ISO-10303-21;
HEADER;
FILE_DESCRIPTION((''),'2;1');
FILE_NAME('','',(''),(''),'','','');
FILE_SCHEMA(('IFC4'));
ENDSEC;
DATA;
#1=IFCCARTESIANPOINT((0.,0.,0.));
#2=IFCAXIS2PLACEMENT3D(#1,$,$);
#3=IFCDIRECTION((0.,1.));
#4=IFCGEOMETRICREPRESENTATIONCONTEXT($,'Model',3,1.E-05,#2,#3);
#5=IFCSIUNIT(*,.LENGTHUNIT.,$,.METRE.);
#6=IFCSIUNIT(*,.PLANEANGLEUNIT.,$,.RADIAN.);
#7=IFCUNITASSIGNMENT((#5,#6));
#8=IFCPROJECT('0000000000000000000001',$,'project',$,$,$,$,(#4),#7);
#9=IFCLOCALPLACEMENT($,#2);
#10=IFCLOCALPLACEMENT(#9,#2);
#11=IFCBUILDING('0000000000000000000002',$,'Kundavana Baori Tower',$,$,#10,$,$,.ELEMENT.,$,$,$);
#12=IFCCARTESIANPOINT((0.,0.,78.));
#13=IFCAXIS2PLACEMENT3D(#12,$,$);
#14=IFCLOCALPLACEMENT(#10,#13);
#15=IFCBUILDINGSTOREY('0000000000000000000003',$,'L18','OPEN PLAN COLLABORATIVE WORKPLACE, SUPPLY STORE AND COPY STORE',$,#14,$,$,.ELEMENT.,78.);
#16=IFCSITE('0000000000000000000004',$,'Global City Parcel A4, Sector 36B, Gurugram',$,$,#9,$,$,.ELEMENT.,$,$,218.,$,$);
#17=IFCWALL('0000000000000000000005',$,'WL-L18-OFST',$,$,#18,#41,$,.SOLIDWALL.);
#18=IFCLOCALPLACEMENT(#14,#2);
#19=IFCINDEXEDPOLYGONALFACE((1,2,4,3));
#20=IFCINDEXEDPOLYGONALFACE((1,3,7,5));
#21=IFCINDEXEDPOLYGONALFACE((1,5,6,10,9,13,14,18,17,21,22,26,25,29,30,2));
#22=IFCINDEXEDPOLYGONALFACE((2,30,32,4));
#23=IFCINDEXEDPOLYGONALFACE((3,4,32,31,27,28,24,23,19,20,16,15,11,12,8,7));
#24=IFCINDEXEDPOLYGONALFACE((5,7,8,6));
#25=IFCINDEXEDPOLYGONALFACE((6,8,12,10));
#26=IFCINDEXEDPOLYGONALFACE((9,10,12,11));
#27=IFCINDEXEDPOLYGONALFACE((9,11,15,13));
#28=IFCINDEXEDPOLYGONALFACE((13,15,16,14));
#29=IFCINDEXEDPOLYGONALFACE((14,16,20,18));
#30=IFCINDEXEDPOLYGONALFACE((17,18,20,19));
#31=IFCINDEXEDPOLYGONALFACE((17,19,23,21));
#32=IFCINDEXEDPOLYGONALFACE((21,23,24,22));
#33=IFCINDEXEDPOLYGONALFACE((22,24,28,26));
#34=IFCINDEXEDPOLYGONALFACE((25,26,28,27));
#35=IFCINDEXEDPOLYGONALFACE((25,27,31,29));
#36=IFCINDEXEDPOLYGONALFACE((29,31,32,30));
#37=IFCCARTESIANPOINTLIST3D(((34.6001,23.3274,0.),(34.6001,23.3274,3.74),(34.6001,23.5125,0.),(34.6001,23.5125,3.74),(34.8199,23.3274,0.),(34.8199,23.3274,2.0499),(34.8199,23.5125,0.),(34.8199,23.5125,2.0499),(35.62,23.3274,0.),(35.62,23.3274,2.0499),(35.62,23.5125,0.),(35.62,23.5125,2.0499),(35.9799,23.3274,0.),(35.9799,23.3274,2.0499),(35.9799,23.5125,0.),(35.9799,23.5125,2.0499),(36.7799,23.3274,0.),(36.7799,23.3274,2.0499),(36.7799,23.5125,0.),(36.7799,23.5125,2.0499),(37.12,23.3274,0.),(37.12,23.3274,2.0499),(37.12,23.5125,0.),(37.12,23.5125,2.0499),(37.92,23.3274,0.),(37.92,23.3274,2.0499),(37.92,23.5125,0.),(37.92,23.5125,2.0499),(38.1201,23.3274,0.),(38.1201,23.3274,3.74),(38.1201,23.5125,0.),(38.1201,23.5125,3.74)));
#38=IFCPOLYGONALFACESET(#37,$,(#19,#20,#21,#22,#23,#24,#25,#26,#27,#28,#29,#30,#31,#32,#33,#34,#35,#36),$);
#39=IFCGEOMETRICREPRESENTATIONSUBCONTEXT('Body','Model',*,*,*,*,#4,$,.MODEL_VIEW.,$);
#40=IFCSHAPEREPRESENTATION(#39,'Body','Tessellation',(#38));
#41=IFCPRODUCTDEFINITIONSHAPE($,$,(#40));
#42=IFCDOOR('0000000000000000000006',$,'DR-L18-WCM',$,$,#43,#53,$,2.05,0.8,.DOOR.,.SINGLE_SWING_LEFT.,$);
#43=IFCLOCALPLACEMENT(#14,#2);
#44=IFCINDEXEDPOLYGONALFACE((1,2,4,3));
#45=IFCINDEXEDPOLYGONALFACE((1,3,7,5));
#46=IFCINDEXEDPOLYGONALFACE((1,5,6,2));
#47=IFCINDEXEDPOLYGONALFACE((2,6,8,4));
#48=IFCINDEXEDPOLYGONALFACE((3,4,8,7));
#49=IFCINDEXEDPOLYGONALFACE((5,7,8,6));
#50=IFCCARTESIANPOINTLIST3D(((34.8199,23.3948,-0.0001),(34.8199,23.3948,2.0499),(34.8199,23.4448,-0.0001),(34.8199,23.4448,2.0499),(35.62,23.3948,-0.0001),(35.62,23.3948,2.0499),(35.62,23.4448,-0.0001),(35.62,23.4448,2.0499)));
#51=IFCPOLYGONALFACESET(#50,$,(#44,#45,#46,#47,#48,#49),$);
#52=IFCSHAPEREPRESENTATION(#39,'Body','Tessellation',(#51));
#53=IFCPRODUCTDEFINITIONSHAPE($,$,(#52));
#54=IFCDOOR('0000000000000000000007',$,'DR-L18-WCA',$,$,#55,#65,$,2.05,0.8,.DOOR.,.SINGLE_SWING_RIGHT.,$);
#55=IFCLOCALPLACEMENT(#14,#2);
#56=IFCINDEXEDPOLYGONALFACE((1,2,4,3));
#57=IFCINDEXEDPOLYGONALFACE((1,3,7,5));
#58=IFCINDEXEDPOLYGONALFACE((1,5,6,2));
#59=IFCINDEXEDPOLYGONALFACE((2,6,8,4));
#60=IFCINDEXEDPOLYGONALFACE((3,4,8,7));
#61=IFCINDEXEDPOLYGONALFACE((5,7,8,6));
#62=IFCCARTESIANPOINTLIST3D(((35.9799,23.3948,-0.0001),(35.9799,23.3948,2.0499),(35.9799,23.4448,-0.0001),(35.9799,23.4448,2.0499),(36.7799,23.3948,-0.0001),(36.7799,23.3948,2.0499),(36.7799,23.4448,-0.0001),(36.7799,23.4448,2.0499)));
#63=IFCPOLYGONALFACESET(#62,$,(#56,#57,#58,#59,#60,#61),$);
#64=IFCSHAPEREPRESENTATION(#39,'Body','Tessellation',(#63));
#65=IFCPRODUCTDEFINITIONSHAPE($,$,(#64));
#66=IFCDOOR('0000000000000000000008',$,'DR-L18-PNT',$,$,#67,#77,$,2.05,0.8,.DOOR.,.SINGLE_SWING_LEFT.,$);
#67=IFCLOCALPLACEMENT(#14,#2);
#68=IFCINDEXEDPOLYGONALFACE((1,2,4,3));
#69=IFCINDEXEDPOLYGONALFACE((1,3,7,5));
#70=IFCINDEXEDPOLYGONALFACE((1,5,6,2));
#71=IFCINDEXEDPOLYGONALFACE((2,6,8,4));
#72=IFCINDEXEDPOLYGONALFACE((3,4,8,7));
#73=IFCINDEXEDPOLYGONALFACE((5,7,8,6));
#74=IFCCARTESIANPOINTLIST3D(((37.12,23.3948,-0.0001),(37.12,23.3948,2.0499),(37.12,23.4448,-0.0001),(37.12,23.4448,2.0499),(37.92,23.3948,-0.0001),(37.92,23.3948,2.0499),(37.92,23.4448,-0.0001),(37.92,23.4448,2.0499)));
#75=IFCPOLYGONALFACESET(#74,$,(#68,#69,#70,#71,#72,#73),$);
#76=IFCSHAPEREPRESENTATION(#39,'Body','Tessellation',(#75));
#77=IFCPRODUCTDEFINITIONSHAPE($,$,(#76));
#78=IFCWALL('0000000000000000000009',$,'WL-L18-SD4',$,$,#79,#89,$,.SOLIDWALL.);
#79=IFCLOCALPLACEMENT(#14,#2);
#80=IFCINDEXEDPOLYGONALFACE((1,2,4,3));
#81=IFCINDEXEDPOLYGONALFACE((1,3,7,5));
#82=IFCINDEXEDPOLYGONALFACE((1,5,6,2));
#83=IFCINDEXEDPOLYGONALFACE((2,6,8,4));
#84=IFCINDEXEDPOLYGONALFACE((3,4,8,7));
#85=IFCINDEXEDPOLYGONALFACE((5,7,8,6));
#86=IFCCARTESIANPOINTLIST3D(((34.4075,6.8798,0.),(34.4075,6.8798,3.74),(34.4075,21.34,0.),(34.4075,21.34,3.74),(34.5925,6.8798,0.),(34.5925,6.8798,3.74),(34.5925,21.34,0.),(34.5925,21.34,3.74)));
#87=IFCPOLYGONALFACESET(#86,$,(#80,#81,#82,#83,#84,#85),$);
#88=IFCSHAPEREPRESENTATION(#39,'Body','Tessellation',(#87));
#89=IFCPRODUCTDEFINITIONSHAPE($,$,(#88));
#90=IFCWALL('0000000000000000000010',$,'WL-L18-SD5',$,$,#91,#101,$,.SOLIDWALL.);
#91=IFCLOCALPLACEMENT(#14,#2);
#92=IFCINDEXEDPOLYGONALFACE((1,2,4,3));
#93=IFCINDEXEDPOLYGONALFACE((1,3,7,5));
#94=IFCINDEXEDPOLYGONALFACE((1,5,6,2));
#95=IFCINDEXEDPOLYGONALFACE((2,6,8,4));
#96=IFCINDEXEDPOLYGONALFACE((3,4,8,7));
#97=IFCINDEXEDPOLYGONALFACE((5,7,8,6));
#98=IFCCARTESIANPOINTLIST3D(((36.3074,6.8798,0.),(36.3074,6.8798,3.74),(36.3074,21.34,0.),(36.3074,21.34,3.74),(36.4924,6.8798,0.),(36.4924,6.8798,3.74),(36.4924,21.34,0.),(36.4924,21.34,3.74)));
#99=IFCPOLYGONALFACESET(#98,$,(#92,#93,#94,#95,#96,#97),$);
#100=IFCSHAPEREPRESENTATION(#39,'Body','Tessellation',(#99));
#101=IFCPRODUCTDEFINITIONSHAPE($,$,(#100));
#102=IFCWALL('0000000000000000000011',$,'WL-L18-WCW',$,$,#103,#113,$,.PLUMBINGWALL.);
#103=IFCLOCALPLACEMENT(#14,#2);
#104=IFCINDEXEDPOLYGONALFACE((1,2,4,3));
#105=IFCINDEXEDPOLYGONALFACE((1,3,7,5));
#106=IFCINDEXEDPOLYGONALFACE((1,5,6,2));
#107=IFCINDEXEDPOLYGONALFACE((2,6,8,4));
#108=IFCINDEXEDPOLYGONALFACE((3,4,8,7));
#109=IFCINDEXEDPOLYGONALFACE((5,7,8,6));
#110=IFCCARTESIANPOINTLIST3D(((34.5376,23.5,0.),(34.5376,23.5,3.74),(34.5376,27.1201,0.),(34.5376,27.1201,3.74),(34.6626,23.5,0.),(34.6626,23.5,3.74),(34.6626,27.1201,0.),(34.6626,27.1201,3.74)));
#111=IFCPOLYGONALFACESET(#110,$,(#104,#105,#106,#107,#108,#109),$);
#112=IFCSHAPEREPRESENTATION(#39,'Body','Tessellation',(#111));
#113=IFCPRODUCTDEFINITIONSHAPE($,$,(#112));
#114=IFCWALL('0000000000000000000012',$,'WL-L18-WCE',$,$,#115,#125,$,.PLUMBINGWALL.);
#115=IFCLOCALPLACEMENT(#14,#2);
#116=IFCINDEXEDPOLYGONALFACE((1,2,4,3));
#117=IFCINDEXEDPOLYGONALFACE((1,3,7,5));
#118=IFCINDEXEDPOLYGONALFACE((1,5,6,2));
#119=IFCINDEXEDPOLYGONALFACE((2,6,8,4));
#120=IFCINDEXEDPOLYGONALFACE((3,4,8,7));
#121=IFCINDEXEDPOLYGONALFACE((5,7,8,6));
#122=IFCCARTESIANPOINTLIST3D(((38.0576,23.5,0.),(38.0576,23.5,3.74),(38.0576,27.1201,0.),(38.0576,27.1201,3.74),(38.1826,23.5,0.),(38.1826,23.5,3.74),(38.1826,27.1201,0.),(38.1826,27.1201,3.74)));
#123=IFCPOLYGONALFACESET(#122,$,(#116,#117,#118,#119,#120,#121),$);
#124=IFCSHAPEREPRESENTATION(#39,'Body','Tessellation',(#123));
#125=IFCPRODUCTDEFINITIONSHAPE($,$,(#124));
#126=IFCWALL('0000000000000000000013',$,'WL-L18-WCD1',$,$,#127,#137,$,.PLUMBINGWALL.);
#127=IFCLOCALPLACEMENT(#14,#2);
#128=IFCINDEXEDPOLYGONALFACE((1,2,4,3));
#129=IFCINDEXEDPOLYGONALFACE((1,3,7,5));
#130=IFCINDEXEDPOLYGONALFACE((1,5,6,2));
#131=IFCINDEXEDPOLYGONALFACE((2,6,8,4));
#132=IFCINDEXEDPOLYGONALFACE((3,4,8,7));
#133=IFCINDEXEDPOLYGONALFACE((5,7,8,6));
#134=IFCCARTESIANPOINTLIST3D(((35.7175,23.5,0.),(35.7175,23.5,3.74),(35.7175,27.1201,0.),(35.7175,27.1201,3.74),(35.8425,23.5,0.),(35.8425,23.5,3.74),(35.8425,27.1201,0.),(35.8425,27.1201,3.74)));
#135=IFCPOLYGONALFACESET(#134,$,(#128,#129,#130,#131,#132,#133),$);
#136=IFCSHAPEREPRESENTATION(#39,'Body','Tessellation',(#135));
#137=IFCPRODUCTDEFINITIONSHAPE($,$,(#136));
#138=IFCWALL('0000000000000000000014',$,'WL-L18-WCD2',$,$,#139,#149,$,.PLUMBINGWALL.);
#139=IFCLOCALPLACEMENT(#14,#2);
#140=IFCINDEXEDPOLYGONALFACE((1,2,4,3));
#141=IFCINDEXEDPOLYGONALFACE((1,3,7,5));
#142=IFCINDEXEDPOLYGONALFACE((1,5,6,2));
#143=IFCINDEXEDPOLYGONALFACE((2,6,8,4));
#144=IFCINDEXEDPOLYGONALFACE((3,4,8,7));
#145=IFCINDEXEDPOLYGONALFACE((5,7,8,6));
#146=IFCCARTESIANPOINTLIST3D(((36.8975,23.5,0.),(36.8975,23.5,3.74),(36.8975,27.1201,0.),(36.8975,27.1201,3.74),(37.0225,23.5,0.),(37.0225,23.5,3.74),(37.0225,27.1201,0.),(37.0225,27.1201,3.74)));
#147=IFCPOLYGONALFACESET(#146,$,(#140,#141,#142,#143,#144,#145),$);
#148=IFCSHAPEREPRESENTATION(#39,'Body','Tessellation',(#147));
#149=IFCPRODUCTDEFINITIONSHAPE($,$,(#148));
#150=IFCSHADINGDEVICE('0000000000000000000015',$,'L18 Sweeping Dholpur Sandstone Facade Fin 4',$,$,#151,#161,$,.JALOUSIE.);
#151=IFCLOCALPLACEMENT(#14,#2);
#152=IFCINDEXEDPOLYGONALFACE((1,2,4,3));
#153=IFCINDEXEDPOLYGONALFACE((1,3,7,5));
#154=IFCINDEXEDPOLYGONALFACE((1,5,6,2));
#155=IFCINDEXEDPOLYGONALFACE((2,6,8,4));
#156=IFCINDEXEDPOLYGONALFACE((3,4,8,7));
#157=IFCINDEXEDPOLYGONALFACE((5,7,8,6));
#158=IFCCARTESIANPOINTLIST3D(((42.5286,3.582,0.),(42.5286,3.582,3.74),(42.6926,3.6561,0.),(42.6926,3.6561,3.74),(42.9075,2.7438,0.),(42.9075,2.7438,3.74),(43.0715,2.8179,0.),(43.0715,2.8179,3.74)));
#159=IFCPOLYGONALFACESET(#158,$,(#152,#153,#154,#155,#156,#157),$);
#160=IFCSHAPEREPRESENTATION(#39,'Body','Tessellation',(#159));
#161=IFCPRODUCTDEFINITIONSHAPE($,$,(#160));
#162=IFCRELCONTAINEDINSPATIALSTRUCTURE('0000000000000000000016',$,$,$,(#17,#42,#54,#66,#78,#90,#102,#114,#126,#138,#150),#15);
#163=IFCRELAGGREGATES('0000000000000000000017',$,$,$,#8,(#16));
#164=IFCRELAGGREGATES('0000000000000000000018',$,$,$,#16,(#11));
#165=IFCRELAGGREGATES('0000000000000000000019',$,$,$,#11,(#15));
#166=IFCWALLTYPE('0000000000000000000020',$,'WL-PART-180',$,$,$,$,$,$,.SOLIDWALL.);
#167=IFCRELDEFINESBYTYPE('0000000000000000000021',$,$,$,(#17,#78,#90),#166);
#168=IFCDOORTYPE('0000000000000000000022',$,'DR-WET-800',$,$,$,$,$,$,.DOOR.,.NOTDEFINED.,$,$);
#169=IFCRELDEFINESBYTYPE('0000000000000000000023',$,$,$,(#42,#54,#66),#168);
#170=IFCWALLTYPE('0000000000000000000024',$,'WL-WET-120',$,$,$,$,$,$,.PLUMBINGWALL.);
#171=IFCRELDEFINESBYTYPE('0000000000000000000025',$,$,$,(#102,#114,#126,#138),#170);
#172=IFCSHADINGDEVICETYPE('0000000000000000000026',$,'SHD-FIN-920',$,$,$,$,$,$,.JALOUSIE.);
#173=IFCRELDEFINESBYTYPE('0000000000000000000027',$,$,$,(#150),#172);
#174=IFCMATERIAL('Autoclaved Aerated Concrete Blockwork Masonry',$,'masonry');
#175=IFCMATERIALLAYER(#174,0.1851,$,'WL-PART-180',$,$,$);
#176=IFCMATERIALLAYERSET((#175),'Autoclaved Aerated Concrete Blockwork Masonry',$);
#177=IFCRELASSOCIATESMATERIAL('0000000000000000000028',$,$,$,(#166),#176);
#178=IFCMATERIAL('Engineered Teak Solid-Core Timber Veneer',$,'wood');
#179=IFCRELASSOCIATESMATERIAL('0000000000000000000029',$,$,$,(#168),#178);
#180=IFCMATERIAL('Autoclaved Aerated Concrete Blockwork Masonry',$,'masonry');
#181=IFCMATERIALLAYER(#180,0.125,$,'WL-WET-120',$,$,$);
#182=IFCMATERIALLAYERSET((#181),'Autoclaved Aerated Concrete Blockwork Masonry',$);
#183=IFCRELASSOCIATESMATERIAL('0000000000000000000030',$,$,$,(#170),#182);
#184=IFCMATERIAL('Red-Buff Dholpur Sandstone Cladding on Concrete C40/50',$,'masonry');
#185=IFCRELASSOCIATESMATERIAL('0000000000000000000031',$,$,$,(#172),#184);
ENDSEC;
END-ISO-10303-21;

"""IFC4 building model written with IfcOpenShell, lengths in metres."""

from ifc_helpers import new_model, si_unit, direction, frame, frame_2d, origin, origin_2d, place, context, subcontext, project, spatial, rectangle, extrude, material, layer, layer_set, type_object, element, fill, save


model = new_model("IFC4")

# Units and contexts
model_context = context("Model", 3, precision=1e-05, world=origin(), true_north=direction((0.0, 1.0)))
body_context = subcontext(model_context, "Body", "Model", "MODEL_VIEW")
ifc_project = project(units=[si_unit("LENGTHUNIT", "METRE"), si_unit("PLANEANGLEUNIT", "RADIAN")], contexts=[model_context])

# Site, building, storey
site_placement = place(None, origin())
site = spatial("IfcSite", under=ifc_project, at=site_placement, Name="Global City Parcel A4, Sector 36B, Gurugram", CompositionType="ELEMENT", RefElevation=218.0)
building_placement = place(site_placement, origin())
building = spatial("IfcBuilding", under=site, at=building_placement, Name="Kundavana Baori Tower", CompositionType="ELEMENT")
storey_placement = place(building_placement, frame((0.0, 0.0, 78.0)))
storey = spatial("IfcBuildingStorey", under=building, at=storey_placement, Name="L18", Description="OPEN PLAN COLLABORATIVE WORKPLACE, SUPPLY STORE AND COPY STORE", CompositionType="ELEMENT", Elevation=78.0)

# Shared definitions
ifc_material_1 = material(Name="Autoclaved Aerated Concrete Blockwork Masonry", Category="masonry")
ifc_layer_1 = layer(ifc_material_1, 0.1851, Name="WL-PART-180")
ifc_layer_set_1 = layer_set([ifc_layer_1], Name="Autoclaved Aerated Concrete Blockwork Masonry")
wall_type_1 = type_object("IfcWallType", Name="WL-PART-180", PredefinedType="SOLIDWALL", material=ifc_layer_set_1)

# Wall, openings, doors
wall_1_placement = place(storey_placement, frame((34.6001, 23.4199, 0.0), z_axis=(0.0, 0.0, 1.0), x_axis=(1.0, 0.0, 0.0)))
wall_1 = element("IfcWall", 1, at=wall_1_placement, inside=storey, type_object=wall_type_1, Name="WL-L18-OFST", PredefinedType="SOLIDWALL", context=body_context, shape_type="SweptSolid", body=[
    extrude(rectangle(XDim=3.52, YDim=0.1851, at=frame_2d((1.76, 0.0))), origin(), (0.0, 0.0, 1.0), 3.74),
])
opening_1_placement = place(wall_1_placement, frame((0.22, 0.0, 0.0)))
opening_1 = element("IfcOpeningElement", 2, at=opening_1_placement, cuts=wall_1, PredefinedType="OPENING", context=body_context, shape_type="SweptSolid", body=[
    extrude(rectangle(XDim=0.8, YDim=2.05, at=frame_2d((0.3999, 1.0249))), frame((0.0, 0.1025, 0.0), z_axis=(0.0, -1.0, 0.0), x_axis=(1.0, 0.0, 0.0)), (0.0, 0.0, 1.0), 0.2051),
])
opening_2_placement = place(wall_1_placement, frame((1.3799, 0.0, 0.0)))
opening_2 = element("IfcOpeningElement", 3, at=opening_2_placement, cuts=wall_1, PredefinedType="OPENING", context=body_context, shape_type="SweptSolid", body=[
    extrude(rectangle(XDim=0.8, YDim=2.05, at=frame_2d((0.3999, 1.0249))), frame((0.0, 0.1025, 0.0), z_axis=(0.0, -1.0, 0.0), x_axis=(1.0, 0.0, 0.0)), (0.0, 0.0, 1.0), 0.2051),
])
opening_3_placement = place(wall_1_placement, frame((2.52, 0.0, 0.0)))
opening_3 = element("IfcOpeningElement", 4, at=opening_3_placement, cuts=wall_1, PredefinedType="OPENING", context=body_context, shape_type="SweptSolid", body=[
    extrude(rectangle(XDim=0.8, YDim=2.05, at=frame_2d((0.3999, 1.0249))), frame((0.0, 0.1025, 0.0), z_axis=(0.0, -1.0, 0.0), x_axis=(1.0, 0.0, 0.0)), (0.0, 0.0, 1.0), 0.2051),
])
ifc_material_2 = material(Name="Engineered Teak Solid-Core Timber Veneer", Category="wood")
door_type = type_object("IfcDoorType", Name="DR-WET-800", OperationType="NOTDEFINED", PredefinedType="DOOR", material=ifc_material_2)
door_1_placement = place(opening_1_placement, origin())
door_1 = element("IfcDoor", 5, at=door_1_placement, inside=storey, type_object=door_type, Name="DR-L18-WCM", OperationType="SINGLE_SWING_LEFT", OverallHeight=2.05, OverallWidth=0.8, PredefinedType="DOOR", context=body_context, shape_type="SweptSolid", body=[
    extrude(rectangle(XDim=0.8, YDim=2.05, at=frame_2d((0.3999, 1.0249))), frame((0.0, 0.0249, 0.0), z_axis=(0.0, -1.0, 0.0), x_axis=(1.0, 0.0, 0.0)), (0.0, 0.0, 1.0), 0.05),
])
fill(opening_1, door_1)
door_2_placement = place(opening_2_placement, origin())
door_2 = element("IfcDoor", 6, at=door_2_placement, inside=storey, type_object=door_type, Name="DR-L18-WCA", OperationType="SINGLE_SWING_RIGHT", OverallHeight=2.05, OverallWidth=0.8, PredefinedType="DOOR", context=body_context, shape_type="SweptSolid", body=[
    extrude(rectangle(XDim=0.8, YDim=2.05, at=frame_2d((0.3999, 1.0249))), frame((0.0, 0.0249, 0.0), z_axis=(0.0, -1.0, 0.0), x_axis=(1.0, 0.0, 0.0)), (0.0, 0.0, 1.0), 0.05),
])
fill(opening_2, door_2)
door_3_placement = place(opening_3_placement, origin())
door_3 = element("IfcDoor", 7, at=door_3_placement, inside=storey, type_object=door_type, Name="DR-L18-PNT", OperationType="SINGLE_SWING_LEFT", OverallHeight=2.05, OverallWidth=0.8, PredefinedType="DOOR", context=body_context, shape_type="SweptSolid", body=[
    extrude(rectangle(XDim=0.8, YDim=2.05, at=frame_2d((0.3999, 1.0249))), frame((0.0, 0.0249, 0.0), z_axis=(0.0, -1.0, 0.0), x_axis=(1.0, 0.0, 0.0)), (0.0, 0.0, 1.0), 0.05),
])
fill(opening_3, door_3)

# Walls
for number, where, z_axis, x_axis, name in (
    (8, (34.5, 6.8799, 0.0), (0.0, 0.0, 1.0), (0.0, 1.0, 0.0), "WL-L18-SD4"),
    (9, (36.3999, 6.8799, 0.0), (0.0, 0.0, 1.0), (0.0, 1.0, 0.0), "WL-L18-SD5"),
):
    element("IfcWall", number, at=place(storey_placement, frame(where, z_axis=z_axis, x_axis=x_axis)), inside=storey, type_object=wall_type_1, Name=name, PredefinedType="SOLIDWALL", context=body_context, shape_type="SweptSolid", body=[
        extrude(rectangle(XDim=14.4602, YDim=0.1851, at=frame_2d((7.23, 0.0))), origin(), (0.0, 0.0, 1.0), 3.74),
    ])
ifc_material_3 = material(Name="Autoclaved Aerated Concrete Blockwork Masonry", Category="masonry")
ifc_layer_2 = layer(ifc_material_3, 0.125, Name="WL-WET-120")
ifc_layer_set_2 = layer_set([ifc_layer_2], Name="Autoclaved Aerated Concrete Blockwork Masonry")
wall_type_2 = type_object("IfcWallType", Name="WL-WET-120", PredefinedType="PLUMBINGWALL", material=ifc_layer_set_2)
for number, where, z_axis, x_axis, name in (
    (10, (34.6001, 23.5, 0.0), (0.0, 0.0, 1.0), (0.0, 1.0, 0.0), "WL-L18-WCW"),
    (11, (38.1201, 23.5, 0.0), (0.0, 0.0, 1.0), (0.0, 1.0, 0.0), "WL-L18-WCE"),
    (12, (35.78, 23.5, 0.0), (0.0, 0.0, 1.0), (0.0, 1.0, 0.0), "WL-L18-WCD1"),
    (13, (36.96, 23.5, 0.0), (0.0, 0.0, 1.0), (0.0, 1.0, 0.0), "WL-L18-WCD2"),
):
    element("IfcWall", number, at=place(storey_placement, frame(where, z_axis=z_axis, x_axis=x_axis)), inside=storey, type_object=wall_type_2, Name=name, PredefinedType="PLUMBINGWALL", context=body_context, shape_type="SweptSolid", body=[
        extrude(rectangle(XDim=3.6201, YDim=0.125, at=frame_2d((1.8101, 0.0))), origin(), (0.0, 0.0, 1.0), 3.74),
    ])

# Shading device
ifc_material_4 = material(Name="Red-Buff Dholpur Sandstone Cladding on Concrete C40/50", Category="masonry")
shading_device_type = type_object("IfcShadingDeviceType", Name="SHD-FIN-920", PredefinedType="JALOUSIE", material=ifc_material_4)
shading_device_placement = place(storey_placement, frame((42.8, 3.2, 0.0), z_axis=(0.0, 0.0, 1.0), x_axis=(0.91126, 0.411832, 0.0)))
element("IfcShadingDevice", 14, at=shading_device_placement, inside=storey, type_object=shading_device_type, Name="L18 Sweeping Dholpur Sandstone Facade Fin 4", PredefinedType="JALOUSIE", context=body_context, shape_type="SweptSolid", body=[
    extrude(rectangle(XDim=0.1799, YDim=0.9199, at=origin_2d()), origin(), (0.0, 0.0, 1.0), 3.74),
])

save(model, "model.ifc")
